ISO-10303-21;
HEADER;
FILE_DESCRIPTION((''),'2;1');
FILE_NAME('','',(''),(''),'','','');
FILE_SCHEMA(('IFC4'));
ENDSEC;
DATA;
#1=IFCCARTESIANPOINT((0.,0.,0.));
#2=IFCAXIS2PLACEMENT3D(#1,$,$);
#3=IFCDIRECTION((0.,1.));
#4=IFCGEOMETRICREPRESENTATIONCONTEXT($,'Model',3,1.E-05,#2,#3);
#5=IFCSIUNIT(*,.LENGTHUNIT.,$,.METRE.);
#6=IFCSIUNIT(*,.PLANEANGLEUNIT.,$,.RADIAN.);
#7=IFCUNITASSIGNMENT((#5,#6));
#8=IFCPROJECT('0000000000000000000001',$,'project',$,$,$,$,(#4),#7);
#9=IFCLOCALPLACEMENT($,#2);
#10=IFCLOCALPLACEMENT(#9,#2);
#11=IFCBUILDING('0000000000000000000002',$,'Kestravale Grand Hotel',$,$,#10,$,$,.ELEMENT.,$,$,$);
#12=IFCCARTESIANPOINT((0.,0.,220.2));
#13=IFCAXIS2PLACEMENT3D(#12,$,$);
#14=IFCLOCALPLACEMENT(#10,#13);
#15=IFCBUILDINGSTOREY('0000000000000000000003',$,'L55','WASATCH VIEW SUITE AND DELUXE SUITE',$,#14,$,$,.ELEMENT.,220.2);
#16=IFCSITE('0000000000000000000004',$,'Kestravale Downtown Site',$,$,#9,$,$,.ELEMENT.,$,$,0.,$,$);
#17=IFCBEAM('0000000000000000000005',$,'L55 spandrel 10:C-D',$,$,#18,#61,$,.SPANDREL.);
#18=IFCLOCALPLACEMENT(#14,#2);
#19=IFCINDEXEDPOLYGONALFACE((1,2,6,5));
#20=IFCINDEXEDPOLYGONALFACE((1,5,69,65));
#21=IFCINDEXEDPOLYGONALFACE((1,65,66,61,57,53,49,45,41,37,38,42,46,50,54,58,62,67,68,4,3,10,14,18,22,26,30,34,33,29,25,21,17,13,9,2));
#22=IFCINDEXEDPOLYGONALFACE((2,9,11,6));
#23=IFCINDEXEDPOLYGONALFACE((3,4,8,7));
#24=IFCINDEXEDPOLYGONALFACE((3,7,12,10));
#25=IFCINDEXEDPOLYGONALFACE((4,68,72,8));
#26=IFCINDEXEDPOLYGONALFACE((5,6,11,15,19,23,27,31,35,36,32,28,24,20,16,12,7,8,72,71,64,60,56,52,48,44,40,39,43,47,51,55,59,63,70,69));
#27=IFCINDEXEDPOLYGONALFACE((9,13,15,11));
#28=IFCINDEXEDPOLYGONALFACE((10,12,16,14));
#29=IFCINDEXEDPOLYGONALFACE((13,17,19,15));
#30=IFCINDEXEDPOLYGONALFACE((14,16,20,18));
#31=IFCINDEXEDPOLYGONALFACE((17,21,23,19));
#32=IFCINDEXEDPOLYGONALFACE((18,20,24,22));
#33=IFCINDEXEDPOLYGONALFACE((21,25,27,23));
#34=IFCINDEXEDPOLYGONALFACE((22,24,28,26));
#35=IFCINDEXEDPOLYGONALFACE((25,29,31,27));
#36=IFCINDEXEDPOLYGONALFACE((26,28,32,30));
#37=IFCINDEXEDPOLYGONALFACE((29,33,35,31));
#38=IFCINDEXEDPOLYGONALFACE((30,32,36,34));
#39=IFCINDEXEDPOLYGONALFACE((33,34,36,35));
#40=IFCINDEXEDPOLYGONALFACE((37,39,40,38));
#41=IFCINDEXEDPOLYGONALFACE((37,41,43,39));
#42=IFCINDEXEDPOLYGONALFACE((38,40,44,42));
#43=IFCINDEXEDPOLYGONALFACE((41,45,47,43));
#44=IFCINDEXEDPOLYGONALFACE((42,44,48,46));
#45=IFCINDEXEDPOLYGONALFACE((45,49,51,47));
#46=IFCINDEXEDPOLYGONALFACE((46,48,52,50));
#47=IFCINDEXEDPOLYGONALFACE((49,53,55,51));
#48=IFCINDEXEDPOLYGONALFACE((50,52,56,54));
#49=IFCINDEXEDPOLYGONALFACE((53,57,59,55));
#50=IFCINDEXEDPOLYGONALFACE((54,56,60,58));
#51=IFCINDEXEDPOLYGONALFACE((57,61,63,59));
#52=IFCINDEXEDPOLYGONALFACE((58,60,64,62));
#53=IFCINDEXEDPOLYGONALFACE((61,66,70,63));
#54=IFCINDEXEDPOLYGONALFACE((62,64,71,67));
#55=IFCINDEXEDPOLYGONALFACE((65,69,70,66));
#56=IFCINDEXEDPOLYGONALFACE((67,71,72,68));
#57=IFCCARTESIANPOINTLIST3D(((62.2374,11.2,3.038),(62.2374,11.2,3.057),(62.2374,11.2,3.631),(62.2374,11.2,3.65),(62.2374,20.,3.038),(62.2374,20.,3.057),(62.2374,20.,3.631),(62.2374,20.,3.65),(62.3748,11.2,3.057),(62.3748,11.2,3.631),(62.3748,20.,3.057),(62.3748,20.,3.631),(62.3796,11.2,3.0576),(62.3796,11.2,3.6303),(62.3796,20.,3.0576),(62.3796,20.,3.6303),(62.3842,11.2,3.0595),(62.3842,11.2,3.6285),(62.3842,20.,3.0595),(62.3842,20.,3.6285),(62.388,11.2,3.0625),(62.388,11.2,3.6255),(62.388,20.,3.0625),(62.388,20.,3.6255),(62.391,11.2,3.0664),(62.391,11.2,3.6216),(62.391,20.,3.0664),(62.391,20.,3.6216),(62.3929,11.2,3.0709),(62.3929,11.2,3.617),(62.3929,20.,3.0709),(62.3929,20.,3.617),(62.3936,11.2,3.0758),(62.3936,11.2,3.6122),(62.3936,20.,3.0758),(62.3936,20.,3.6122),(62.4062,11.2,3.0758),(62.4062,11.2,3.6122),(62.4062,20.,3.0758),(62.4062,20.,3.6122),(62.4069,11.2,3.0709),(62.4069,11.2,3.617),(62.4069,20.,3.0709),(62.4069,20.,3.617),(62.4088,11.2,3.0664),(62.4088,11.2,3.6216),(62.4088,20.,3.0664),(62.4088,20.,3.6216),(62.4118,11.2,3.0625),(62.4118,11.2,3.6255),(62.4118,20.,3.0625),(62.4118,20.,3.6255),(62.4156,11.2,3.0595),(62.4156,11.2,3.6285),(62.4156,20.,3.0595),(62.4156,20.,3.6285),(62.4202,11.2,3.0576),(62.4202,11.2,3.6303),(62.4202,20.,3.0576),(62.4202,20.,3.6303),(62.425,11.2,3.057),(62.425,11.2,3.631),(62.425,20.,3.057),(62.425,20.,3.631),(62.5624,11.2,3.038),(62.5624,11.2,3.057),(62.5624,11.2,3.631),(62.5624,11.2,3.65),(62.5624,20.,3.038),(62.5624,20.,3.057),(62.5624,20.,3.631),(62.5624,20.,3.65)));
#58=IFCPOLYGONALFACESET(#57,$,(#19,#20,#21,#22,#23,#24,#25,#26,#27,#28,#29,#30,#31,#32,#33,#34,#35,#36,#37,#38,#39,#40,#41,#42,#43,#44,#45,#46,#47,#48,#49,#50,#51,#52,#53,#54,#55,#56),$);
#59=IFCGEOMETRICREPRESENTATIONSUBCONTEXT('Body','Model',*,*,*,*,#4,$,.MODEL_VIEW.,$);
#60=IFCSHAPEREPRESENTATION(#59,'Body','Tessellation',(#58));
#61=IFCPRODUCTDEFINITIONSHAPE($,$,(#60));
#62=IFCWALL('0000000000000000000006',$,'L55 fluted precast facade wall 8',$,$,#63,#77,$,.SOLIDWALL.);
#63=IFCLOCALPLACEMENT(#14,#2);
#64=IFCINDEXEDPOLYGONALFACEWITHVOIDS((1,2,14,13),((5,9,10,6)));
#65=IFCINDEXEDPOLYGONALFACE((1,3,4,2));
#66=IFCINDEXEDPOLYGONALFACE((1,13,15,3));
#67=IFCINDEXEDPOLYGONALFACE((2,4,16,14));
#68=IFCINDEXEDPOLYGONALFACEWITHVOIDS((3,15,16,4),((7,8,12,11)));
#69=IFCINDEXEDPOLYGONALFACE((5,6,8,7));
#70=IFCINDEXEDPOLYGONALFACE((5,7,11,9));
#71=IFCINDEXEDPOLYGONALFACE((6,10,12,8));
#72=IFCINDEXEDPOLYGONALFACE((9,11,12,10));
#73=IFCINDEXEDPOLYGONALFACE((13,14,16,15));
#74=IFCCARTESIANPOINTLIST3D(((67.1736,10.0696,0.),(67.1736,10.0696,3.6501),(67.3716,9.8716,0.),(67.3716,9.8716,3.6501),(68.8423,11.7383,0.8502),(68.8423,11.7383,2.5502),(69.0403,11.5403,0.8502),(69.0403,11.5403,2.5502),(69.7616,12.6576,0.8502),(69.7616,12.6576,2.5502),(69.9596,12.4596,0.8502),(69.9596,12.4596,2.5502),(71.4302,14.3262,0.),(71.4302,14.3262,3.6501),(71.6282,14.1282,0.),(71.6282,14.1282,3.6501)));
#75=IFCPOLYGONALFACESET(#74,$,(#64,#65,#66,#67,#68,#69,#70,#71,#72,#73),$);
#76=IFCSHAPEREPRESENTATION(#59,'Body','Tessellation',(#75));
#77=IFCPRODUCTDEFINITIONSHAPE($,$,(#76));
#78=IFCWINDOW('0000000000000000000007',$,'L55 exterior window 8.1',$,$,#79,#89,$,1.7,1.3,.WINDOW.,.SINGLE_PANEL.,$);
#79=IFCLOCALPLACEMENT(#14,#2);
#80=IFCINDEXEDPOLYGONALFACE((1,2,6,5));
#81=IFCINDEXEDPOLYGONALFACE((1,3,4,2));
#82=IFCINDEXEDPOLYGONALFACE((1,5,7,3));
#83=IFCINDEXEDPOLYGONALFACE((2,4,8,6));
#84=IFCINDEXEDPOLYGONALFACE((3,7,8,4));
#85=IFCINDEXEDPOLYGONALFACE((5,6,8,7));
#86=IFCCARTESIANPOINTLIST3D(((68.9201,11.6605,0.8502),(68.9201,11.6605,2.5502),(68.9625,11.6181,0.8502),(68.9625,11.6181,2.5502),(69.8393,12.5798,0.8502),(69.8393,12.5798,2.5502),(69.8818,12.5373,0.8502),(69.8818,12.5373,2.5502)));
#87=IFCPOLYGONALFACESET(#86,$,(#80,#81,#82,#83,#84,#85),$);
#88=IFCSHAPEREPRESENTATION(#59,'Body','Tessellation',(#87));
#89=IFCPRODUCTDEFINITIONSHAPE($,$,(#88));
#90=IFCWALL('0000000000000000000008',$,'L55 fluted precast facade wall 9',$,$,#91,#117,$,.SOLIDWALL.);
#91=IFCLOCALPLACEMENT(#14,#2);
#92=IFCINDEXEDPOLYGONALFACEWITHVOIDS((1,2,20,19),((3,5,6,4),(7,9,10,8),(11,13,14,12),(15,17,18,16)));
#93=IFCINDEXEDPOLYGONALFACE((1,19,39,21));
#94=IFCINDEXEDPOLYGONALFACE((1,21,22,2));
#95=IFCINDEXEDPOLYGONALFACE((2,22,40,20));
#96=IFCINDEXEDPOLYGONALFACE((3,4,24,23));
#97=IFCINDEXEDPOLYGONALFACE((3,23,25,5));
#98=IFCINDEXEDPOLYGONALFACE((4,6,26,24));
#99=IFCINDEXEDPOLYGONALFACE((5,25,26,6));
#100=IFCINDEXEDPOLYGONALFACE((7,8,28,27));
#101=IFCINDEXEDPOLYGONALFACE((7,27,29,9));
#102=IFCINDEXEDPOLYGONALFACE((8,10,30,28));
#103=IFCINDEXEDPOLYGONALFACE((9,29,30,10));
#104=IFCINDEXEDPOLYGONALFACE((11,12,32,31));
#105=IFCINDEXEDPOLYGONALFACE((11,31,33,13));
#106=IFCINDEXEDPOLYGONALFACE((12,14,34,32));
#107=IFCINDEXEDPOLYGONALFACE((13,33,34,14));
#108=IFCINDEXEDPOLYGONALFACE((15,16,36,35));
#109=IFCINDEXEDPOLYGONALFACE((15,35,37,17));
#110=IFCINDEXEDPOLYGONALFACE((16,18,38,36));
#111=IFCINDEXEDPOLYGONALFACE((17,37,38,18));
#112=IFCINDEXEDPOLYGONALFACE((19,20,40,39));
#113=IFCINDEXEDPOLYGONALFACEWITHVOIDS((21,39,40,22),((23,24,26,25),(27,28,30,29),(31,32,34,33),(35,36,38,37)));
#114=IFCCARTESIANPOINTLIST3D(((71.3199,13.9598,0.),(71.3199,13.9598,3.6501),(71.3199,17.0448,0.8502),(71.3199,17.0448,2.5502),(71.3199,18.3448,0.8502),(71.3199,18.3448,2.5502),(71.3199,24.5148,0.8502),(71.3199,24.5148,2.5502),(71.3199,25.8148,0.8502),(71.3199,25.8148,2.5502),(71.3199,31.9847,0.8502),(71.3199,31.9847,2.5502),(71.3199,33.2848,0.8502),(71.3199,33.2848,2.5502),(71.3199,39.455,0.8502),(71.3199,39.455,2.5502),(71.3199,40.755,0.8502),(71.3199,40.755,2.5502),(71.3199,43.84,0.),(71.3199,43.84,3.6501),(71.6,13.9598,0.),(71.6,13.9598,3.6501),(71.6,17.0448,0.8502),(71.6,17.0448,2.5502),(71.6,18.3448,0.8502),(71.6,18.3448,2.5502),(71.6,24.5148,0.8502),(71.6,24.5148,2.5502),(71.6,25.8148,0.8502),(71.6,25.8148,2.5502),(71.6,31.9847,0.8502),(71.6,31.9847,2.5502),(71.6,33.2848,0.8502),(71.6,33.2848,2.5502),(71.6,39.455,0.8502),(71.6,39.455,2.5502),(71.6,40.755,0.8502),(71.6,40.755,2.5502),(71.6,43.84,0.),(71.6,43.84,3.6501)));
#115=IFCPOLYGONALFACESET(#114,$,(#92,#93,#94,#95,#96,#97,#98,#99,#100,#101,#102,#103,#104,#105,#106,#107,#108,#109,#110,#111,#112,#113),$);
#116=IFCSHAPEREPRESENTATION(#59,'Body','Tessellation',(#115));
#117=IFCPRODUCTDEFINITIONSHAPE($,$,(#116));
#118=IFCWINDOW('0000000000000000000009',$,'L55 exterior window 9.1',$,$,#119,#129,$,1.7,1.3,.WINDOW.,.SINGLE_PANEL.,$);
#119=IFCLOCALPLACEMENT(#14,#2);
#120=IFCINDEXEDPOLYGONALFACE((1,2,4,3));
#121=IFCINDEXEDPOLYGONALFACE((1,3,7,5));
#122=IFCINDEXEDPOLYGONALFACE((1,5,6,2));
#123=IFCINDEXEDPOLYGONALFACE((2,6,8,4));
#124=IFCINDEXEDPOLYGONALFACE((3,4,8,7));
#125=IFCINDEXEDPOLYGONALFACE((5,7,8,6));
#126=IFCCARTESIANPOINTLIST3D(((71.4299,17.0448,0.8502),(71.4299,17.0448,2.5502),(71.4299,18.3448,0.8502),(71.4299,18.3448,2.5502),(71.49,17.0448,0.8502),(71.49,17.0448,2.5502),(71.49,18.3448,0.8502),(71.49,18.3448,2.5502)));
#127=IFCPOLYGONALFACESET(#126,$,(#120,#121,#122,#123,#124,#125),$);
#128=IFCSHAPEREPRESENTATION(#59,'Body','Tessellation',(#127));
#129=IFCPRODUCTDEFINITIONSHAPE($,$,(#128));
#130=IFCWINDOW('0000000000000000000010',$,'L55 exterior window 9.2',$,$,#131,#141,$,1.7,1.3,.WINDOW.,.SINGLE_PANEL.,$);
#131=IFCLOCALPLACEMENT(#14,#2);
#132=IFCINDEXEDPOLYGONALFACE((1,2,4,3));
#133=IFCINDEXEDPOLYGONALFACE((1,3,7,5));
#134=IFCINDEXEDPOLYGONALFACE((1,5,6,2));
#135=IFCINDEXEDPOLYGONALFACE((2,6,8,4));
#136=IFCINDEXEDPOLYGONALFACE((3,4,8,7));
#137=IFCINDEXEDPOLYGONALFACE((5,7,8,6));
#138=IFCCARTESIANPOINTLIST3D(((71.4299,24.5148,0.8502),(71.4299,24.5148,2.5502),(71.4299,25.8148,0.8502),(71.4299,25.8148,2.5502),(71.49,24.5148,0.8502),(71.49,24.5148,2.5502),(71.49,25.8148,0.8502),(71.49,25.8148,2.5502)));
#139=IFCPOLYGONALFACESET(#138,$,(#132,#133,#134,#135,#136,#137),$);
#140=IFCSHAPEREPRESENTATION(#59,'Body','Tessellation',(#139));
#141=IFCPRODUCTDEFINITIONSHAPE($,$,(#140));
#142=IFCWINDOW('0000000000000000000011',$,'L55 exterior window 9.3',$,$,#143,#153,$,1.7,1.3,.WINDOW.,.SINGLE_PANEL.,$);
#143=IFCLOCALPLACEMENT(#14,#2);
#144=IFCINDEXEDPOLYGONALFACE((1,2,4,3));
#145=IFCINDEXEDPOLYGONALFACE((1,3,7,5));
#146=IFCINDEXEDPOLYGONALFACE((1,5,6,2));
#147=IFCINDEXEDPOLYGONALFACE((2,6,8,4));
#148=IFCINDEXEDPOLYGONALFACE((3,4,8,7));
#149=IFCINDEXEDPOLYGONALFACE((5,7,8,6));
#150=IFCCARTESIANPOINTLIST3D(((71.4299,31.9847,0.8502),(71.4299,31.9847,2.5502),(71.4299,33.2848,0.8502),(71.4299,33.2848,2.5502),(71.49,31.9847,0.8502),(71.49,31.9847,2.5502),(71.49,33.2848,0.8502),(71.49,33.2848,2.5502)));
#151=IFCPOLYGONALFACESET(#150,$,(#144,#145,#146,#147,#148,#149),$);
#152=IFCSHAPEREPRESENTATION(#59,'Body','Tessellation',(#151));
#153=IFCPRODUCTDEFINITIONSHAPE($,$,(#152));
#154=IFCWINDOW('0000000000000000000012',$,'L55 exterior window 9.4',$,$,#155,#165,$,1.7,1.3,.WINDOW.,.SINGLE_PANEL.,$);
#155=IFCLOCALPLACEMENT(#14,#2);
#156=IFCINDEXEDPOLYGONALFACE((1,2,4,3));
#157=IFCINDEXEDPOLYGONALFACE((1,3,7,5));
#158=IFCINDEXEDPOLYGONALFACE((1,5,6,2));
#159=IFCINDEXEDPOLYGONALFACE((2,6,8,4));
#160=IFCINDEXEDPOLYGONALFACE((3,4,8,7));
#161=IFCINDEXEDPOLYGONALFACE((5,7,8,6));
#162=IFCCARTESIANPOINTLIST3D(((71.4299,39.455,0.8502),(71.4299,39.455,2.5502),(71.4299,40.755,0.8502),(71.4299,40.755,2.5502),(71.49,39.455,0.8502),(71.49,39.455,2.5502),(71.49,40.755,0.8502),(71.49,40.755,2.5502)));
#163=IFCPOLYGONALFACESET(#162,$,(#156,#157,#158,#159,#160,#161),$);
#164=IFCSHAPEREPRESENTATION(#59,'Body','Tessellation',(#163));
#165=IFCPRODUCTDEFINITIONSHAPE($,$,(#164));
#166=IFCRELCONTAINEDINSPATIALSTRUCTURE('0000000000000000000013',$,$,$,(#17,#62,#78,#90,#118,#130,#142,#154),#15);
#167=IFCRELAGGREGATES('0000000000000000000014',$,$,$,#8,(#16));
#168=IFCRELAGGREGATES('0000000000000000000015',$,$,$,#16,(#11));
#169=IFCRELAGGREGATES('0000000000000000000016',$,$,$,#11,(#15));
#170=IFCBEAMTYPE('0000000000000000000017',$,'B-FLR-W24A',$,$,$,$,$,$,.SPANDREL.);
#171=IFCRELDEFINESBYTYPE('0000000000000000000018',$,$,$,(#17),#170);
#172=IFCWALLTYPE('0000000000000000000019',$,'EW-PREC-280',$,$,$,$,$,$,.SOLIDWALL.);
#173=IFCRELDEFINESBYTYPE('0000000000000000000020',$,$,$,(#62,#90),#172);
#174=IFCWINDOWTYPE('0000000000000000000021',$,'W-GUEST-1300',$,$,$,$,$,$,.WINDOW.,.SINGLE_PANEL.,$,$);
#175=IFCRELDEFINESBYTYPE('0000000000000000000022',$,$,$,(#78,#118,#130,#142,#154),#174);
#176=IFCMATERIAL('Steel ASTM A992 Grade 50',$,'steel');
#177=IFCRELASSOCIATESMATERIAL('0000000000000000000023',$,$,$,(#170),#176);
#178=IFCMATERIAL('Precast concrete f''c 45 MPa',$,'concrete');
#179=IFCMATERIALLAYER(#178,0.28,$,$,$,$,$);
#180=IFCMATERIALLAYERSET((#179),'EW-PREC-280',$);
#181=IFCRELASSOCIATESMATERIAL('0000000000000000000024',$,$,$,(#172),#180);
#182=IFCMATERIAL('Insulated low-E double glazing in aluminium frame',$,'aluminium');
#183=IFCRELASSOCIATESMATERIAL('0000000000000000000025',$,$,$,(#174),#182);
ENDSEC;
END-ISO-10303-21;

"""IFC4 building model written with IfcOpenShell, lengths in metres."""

from ifc_helpers import new_model, si_unit, direction, frame, frame_2d, origin, origin_2d, place, context, subcontext, project, spatial, rectangle, i_section, extrude, material, layer, layer_set, material_profile, profile_set, type_object, element, fill, save


model = new_model("IFC4")

# Units and contexts
model_context = context("Model", 3, precision=1e-05, world=origin(), true_north=direction((0.0, 1.0)))
body_context = subcontext(model_context, "Body", "Model", "MODEL_VIEW")
ifc_project = project(units=[si_unit("LENGTHUNIT", "METRE"), si_unit("PLANEANGLEUNIT", "RADIAN")], contexts=[model_context])

# Site, building, storey
site_placement = place(None, origin())
site = spatial("IfcSite", under=ifc_project, at=site_placement, Name="Kestravale Downtown Site", CompositionType="ELEMENT", RefElevation=0.0)
building_placement = place(site_placement, origin())
building = spatial("IfcBuilding", under=site, at=building_placement, Name="Kestravale Grand Hotel", CompositionType="ELEMENT")
storey_placement = place(building_placement, frame((0.0, 0.0, 220.2)))
storey = spatial("IfcBuildingStorey", under=building, at=storey_placement, Name="L55", Description="WASATCH VIEW SUITE AND DELUXE SUITE", CompositionType="ELEMENT", Elevation=220.2)

# Beam
ifc_material_1 = material(Name="Steel ASTM A992 Grade 50", Category="steel")
ifc_material_profile_1 = material_profile(ifc_material_1, i_section(OverallWidth=0.325, OverallDepth=0.6121, WebThickness=0.0127, FlangeThickness=0.019, FilletRadius=0.0188, at=origin_2d()))
ifc_profile_set_1 = profile_set([ifc_material_profile_1], Name="Steel ASTM A992 Grade 50")
beam_type_1 = type_object("IfcBeamType", Name="B-FLR-W24A", PredefinedType="SPANDREL", material=ifc_profile_set_1)
for number, where, z_axis, x_axis, name in (
    (1, (62.3999, 11.2, 3.344), (0.0, 1.0, 0.0), (-1.0, 0.0, 0.0), "L55 spandrel 10:C-D"),
):
    element("IfcBeam", number, at=place(storey_placement, frame(where, z_axis=z_axis, x_axis=x_axis)), inside=storey, type_object=beam_type_1, Name=name, PredefinedType="SPANDREL", context=body_context, shape_type="SweptSolid", body=[
        extrude(i_section(OverallWidth=0.325, OverallDepth=0.6121, WebThickness=0.0127, FlangeThickness=0.019, FilletRadius=0.0188, at=origin_2d()), origin(), (0.0, 0.0, 1.0), 8.8),
    ])

# Wall, opening, window
ifc_material_2 = material(Name="Precast concrete f'c 45 MPa", Category="concrete")
ifc_layer_1 = layer(ifc_material_2, 0.28)
ifc_layer_set_1 = layer_set([ifc_layer_1], Name="EW-PREC-280")
wall_type_1 = type_object("IfcWallType", Name="EW-PREC-280", PredefinedType="SOLIDWALL", material=ifc_layer_set_1)
wall_1_placement = place(storey_placement, frame((67.2727, 9.9707, 0.0), z_axis=(0.0, 0.0, 1.0), x_axis=(0.707107, 0.707107, 0.0)))
wall_1 = element("IfcWall", 2, at=wall_1_placement, inside=storey, type_object=wall_type_1, Name="L55 fluted precast facade wall 8", PredefinedType="SOLIDWALL", context=body_context, shape_type="SweptSolid", body=[
    extrude(rectangle(XDim=6.0198, YDim=0.28, at=frame_2d((3.0098, 0.0))), origin(), (0.0, 0.0, 1.0), 3.6501),
])
opening_1_placement = place(wall_1_placement, frame((2.3599, 0.0, 0.8501)))
opening_1 = element("IfcOpeningElement", 3, at=opening_1_placement, cuts=wall_1, PredefinedType="OPENING", context=body_context, shape_type="SweptSolid", body=[
    extrude(rectangle(XDim=1.3, YDim=1.7, at=frame_2d((0.6499, 0.8501))), frame((0.0, 0.1499, 0.0), z_axis=(0.0, -1.0, 0.0), x_axis=(1.0, 0.0, 0.0)), (0.0, 0.0, 1.0), 0.3),
])
ifc_material_3 = material(Name="Insulated low-E double glazing in aluminium frame", Category="aluminium")
window_type = type_object("IfcWindowType", Name="W-GUEST-1300", PartitioningType="SINGLE_PANEL", PredefinedType="WINDOW", material=ifc_material_3)
window_1_placement = place(opening_1_placement, origin())
window_1 = element("IfcWindow", 4, at=window_1_placement, inside=storey, type_object=window_type, Name="L55 exterior window 8.1", OverallHeight=1.7, OverallWidth=1.3, PartitioningType="SINGLE_PANEL", PredefinedType="WINDOW", context=body_context, shape_type="SweptSolid", body=[
    extrude(rectangle(XDim=1.3, YDim=1.7, at=frame_2d((0.6499, 0.8501))), frame((0.0, 0.03, 0.0), z_axis=(0.0, -1.0, 0.0), x_axis=(1.0, 0.0, 0.0)), (0.0, 0.0, 1.0), 0.0601),
])
fill(opening_1, window_1)

# Wall, openings, windows
wall_2_placement = place(storey_placement, frame((71.46, 13.96, 0.0), z_axis=(0.0, 0.0, 1.0), x_axis=(0.0, 1.0, 0.0)))
wall_2 = element("IfcWall", 5, at=wall_2_placement, inside=storey, type_object=wall_type_1, Name="L55 fluted precast facade wall 9", PredefinedType="SOLIDWALL", context=body_context, shape_type="SweptSolid", body=[
    extrude(rectangle(XDim=29.8801, YDim=0.28, at=frame_2d((14.9399, 0.0))), origin(), (0.0, 0.0, 1.0), 3.6501),
])
opening_2_placement = place(wall_2_placement, frame((3.085, 0.0, 0.8501)))
opening_2 = element("IfcOpeningElement", 6, at=opening_2_placement, cuts=wall_2, PredefinedType="OPENING", context=body_context, shape_type="SweptSolid", body=[
    extrude(rectangle(XDim=1.3, YDim=1.7, at=frame_2d((0.6499, 0.8501))), frame((0.0, 0.1499, 0.0), z_axis=(0.0, -1.0, 0.0), x_axis=(1.0, 0.0, 0.0)), (0.0, 0.0, 1.0), 0.3),
])
opening_3_placement = place(wall_2_placement, frame((10.5549, 0.0, 0.8501)))
opening_3 = element("IfcOpeningElement", 7, at=opening_3_placement, cuts=wall_2, PredefinedType="OPENING", context=body_context, shape_type="SweptSolid", body=[
    extrude(rectangle(XDim=1.3, YDim=1.7, at=frame_2d((0.6499, 0.8501))), frame((0.0, 0.1499, 0.0), z_axis=(0.0, -1.0, 0.0), x_axis=(1.0, 0.0, 0.0)), (0.0, 0.0, 1.0), 0.3),
])
opening_4_placement = place(wall_2_placement, frame((18.0249, 0.0, 0.8501)))
opening_4 = element("IfcOpeningElement", 8, at=opening_4_placement, cuts=wall_2, PredefinedType="OPENING", context=body_context, shape_type="SweptSolid", body=[
    extrude(rectangle(XDim=1.3, YDim=1.7, at=frame_2d((0.6499, 0.8501))), frame((0.0, 0.1499, 0.0), z_axis=(0.0, -1.0, 0.0), x_axis=(1.0, 0.0, 0.0)), (0.0, 0.0, 1.0), 0.3),
])
opening_5_placement = place(wall_2_placement, frame((25.4951, 0.0, 0.8501)))
opening_5 = element("IfcOpeningElement", 9, at=opening_5_placement, cuts=wall_2, PredefinedType="OPENING", context=body_context, shape_type="SweptSolid", body=[
    extrude(rectangle(XDim=1.3, YDim=1.7, at=frame_2d((0.6499, 0.8501))), frame((0.0, 0.1499, 0.0), z_axis=(0.0, -1.0, 0.0), x_axis=(1.0, 0.0, 0.0)), (0.0, 0.0, 1.0), 0.3),
])
window_2_placement = place(opening_2_placement, origin())
window_2 = element("IfcWindow", 10, at=window_2_placement, inside=storey, type_object=window_type, Name="L55 exterior window 9.1", OverallHeight=1.7, OverallWidth=1.3, PartitioningType="SINGLE_PANEL", PredefinedType="WINDOW", context=body_context, shape_type="SweptSolid", body=[
    extrude(rectangle(XDim=1.3, YDim=1.7, at=frame_2d((0.6499, 0.8501))), frame((0.0, 0.03, 0.0), z_axis=(0.0, -1.0, 0.0), x_axis=(1.0, 0.0, 0.0)), (0.0, 0.0, 1.0), 0.0601),
])
fill(opening_2, window_2)
window_3_placement = place(opening_3_placement, origin())
window_3 = element("IfcWindow", 11, at=window_3_placement, inside=storey, type_object=window_type, Name="L55 exterior window 9.2", OverallHeight=1.7, OverallWidth=1.3, PartitioningType="SINGLE_PANEL", PredefinedType="WINDOW", context=body_context, shape_type="SweptSolid", body=[
    extrude(rectangle(XDim=1.3, YDim=1.7, at=frame_2d((0.6499, 0.8501))), frame((0.0, 0.03, 0.0), z_axis=(0.0, -1.0, 0.0), x_axis=(1.0, 0.0, 0.0)), (0.0, 0.0, 1.0), 0.0601),
])
fill(opening_3, window_3)
window_4_placement = place(opening_4_placement, origin())
window_4 = element("IfcWindow", 12, at=window_4_placement, inside=storey, type_object=window_type, Name="L55 exterior window 9.3", OverallHeight=1.7, OverallWidth=1.3, PartitioningType="SINGLE_PANEL", PredefinedType="WINDOW", context=body_context, shape_type="SweptSolid", body=[
    extrude(rectangle(XDim=1.3, YDim=1.7, at=frame_2d((0.6499, 0.8501))), frame((0.0, 0.03, 0.0), z_axis=(0.0, -1.0, 0.0), x_axis=(1.0, 0.0, 0.0)), (0.0, 0.0, 1.0), 0.0601),
])
fill(opening_4, window_4)
window_5_placement = place(opening_5_placement, origin())
window_5 = element("IfcWindow", 13, at=window_5_placement, inside=storey, type_object=window_type, Name="L55 exterior window 9.4", OverallHeight=1.7, OverallWidth=1.3, PartitioningType="SINGLE_PANEL", PredefinedType="WINDOW", context=body_context, shape_type="SweptSolid", body=[
    extrude(rectangle(XDim=1.3, YDim=1.7, at=frame_2d((0.6499, 0.8501))), frame((0.0, 0.03, 0.0), z_axis=(0.0, -1.0, 0.0), x_axis=(1.0, 0.0, 0.0)), (0.0, 0.0, 1.0), 0.0601),
])
fill(opening_5, window_5)

save(model, "model.ifc")
